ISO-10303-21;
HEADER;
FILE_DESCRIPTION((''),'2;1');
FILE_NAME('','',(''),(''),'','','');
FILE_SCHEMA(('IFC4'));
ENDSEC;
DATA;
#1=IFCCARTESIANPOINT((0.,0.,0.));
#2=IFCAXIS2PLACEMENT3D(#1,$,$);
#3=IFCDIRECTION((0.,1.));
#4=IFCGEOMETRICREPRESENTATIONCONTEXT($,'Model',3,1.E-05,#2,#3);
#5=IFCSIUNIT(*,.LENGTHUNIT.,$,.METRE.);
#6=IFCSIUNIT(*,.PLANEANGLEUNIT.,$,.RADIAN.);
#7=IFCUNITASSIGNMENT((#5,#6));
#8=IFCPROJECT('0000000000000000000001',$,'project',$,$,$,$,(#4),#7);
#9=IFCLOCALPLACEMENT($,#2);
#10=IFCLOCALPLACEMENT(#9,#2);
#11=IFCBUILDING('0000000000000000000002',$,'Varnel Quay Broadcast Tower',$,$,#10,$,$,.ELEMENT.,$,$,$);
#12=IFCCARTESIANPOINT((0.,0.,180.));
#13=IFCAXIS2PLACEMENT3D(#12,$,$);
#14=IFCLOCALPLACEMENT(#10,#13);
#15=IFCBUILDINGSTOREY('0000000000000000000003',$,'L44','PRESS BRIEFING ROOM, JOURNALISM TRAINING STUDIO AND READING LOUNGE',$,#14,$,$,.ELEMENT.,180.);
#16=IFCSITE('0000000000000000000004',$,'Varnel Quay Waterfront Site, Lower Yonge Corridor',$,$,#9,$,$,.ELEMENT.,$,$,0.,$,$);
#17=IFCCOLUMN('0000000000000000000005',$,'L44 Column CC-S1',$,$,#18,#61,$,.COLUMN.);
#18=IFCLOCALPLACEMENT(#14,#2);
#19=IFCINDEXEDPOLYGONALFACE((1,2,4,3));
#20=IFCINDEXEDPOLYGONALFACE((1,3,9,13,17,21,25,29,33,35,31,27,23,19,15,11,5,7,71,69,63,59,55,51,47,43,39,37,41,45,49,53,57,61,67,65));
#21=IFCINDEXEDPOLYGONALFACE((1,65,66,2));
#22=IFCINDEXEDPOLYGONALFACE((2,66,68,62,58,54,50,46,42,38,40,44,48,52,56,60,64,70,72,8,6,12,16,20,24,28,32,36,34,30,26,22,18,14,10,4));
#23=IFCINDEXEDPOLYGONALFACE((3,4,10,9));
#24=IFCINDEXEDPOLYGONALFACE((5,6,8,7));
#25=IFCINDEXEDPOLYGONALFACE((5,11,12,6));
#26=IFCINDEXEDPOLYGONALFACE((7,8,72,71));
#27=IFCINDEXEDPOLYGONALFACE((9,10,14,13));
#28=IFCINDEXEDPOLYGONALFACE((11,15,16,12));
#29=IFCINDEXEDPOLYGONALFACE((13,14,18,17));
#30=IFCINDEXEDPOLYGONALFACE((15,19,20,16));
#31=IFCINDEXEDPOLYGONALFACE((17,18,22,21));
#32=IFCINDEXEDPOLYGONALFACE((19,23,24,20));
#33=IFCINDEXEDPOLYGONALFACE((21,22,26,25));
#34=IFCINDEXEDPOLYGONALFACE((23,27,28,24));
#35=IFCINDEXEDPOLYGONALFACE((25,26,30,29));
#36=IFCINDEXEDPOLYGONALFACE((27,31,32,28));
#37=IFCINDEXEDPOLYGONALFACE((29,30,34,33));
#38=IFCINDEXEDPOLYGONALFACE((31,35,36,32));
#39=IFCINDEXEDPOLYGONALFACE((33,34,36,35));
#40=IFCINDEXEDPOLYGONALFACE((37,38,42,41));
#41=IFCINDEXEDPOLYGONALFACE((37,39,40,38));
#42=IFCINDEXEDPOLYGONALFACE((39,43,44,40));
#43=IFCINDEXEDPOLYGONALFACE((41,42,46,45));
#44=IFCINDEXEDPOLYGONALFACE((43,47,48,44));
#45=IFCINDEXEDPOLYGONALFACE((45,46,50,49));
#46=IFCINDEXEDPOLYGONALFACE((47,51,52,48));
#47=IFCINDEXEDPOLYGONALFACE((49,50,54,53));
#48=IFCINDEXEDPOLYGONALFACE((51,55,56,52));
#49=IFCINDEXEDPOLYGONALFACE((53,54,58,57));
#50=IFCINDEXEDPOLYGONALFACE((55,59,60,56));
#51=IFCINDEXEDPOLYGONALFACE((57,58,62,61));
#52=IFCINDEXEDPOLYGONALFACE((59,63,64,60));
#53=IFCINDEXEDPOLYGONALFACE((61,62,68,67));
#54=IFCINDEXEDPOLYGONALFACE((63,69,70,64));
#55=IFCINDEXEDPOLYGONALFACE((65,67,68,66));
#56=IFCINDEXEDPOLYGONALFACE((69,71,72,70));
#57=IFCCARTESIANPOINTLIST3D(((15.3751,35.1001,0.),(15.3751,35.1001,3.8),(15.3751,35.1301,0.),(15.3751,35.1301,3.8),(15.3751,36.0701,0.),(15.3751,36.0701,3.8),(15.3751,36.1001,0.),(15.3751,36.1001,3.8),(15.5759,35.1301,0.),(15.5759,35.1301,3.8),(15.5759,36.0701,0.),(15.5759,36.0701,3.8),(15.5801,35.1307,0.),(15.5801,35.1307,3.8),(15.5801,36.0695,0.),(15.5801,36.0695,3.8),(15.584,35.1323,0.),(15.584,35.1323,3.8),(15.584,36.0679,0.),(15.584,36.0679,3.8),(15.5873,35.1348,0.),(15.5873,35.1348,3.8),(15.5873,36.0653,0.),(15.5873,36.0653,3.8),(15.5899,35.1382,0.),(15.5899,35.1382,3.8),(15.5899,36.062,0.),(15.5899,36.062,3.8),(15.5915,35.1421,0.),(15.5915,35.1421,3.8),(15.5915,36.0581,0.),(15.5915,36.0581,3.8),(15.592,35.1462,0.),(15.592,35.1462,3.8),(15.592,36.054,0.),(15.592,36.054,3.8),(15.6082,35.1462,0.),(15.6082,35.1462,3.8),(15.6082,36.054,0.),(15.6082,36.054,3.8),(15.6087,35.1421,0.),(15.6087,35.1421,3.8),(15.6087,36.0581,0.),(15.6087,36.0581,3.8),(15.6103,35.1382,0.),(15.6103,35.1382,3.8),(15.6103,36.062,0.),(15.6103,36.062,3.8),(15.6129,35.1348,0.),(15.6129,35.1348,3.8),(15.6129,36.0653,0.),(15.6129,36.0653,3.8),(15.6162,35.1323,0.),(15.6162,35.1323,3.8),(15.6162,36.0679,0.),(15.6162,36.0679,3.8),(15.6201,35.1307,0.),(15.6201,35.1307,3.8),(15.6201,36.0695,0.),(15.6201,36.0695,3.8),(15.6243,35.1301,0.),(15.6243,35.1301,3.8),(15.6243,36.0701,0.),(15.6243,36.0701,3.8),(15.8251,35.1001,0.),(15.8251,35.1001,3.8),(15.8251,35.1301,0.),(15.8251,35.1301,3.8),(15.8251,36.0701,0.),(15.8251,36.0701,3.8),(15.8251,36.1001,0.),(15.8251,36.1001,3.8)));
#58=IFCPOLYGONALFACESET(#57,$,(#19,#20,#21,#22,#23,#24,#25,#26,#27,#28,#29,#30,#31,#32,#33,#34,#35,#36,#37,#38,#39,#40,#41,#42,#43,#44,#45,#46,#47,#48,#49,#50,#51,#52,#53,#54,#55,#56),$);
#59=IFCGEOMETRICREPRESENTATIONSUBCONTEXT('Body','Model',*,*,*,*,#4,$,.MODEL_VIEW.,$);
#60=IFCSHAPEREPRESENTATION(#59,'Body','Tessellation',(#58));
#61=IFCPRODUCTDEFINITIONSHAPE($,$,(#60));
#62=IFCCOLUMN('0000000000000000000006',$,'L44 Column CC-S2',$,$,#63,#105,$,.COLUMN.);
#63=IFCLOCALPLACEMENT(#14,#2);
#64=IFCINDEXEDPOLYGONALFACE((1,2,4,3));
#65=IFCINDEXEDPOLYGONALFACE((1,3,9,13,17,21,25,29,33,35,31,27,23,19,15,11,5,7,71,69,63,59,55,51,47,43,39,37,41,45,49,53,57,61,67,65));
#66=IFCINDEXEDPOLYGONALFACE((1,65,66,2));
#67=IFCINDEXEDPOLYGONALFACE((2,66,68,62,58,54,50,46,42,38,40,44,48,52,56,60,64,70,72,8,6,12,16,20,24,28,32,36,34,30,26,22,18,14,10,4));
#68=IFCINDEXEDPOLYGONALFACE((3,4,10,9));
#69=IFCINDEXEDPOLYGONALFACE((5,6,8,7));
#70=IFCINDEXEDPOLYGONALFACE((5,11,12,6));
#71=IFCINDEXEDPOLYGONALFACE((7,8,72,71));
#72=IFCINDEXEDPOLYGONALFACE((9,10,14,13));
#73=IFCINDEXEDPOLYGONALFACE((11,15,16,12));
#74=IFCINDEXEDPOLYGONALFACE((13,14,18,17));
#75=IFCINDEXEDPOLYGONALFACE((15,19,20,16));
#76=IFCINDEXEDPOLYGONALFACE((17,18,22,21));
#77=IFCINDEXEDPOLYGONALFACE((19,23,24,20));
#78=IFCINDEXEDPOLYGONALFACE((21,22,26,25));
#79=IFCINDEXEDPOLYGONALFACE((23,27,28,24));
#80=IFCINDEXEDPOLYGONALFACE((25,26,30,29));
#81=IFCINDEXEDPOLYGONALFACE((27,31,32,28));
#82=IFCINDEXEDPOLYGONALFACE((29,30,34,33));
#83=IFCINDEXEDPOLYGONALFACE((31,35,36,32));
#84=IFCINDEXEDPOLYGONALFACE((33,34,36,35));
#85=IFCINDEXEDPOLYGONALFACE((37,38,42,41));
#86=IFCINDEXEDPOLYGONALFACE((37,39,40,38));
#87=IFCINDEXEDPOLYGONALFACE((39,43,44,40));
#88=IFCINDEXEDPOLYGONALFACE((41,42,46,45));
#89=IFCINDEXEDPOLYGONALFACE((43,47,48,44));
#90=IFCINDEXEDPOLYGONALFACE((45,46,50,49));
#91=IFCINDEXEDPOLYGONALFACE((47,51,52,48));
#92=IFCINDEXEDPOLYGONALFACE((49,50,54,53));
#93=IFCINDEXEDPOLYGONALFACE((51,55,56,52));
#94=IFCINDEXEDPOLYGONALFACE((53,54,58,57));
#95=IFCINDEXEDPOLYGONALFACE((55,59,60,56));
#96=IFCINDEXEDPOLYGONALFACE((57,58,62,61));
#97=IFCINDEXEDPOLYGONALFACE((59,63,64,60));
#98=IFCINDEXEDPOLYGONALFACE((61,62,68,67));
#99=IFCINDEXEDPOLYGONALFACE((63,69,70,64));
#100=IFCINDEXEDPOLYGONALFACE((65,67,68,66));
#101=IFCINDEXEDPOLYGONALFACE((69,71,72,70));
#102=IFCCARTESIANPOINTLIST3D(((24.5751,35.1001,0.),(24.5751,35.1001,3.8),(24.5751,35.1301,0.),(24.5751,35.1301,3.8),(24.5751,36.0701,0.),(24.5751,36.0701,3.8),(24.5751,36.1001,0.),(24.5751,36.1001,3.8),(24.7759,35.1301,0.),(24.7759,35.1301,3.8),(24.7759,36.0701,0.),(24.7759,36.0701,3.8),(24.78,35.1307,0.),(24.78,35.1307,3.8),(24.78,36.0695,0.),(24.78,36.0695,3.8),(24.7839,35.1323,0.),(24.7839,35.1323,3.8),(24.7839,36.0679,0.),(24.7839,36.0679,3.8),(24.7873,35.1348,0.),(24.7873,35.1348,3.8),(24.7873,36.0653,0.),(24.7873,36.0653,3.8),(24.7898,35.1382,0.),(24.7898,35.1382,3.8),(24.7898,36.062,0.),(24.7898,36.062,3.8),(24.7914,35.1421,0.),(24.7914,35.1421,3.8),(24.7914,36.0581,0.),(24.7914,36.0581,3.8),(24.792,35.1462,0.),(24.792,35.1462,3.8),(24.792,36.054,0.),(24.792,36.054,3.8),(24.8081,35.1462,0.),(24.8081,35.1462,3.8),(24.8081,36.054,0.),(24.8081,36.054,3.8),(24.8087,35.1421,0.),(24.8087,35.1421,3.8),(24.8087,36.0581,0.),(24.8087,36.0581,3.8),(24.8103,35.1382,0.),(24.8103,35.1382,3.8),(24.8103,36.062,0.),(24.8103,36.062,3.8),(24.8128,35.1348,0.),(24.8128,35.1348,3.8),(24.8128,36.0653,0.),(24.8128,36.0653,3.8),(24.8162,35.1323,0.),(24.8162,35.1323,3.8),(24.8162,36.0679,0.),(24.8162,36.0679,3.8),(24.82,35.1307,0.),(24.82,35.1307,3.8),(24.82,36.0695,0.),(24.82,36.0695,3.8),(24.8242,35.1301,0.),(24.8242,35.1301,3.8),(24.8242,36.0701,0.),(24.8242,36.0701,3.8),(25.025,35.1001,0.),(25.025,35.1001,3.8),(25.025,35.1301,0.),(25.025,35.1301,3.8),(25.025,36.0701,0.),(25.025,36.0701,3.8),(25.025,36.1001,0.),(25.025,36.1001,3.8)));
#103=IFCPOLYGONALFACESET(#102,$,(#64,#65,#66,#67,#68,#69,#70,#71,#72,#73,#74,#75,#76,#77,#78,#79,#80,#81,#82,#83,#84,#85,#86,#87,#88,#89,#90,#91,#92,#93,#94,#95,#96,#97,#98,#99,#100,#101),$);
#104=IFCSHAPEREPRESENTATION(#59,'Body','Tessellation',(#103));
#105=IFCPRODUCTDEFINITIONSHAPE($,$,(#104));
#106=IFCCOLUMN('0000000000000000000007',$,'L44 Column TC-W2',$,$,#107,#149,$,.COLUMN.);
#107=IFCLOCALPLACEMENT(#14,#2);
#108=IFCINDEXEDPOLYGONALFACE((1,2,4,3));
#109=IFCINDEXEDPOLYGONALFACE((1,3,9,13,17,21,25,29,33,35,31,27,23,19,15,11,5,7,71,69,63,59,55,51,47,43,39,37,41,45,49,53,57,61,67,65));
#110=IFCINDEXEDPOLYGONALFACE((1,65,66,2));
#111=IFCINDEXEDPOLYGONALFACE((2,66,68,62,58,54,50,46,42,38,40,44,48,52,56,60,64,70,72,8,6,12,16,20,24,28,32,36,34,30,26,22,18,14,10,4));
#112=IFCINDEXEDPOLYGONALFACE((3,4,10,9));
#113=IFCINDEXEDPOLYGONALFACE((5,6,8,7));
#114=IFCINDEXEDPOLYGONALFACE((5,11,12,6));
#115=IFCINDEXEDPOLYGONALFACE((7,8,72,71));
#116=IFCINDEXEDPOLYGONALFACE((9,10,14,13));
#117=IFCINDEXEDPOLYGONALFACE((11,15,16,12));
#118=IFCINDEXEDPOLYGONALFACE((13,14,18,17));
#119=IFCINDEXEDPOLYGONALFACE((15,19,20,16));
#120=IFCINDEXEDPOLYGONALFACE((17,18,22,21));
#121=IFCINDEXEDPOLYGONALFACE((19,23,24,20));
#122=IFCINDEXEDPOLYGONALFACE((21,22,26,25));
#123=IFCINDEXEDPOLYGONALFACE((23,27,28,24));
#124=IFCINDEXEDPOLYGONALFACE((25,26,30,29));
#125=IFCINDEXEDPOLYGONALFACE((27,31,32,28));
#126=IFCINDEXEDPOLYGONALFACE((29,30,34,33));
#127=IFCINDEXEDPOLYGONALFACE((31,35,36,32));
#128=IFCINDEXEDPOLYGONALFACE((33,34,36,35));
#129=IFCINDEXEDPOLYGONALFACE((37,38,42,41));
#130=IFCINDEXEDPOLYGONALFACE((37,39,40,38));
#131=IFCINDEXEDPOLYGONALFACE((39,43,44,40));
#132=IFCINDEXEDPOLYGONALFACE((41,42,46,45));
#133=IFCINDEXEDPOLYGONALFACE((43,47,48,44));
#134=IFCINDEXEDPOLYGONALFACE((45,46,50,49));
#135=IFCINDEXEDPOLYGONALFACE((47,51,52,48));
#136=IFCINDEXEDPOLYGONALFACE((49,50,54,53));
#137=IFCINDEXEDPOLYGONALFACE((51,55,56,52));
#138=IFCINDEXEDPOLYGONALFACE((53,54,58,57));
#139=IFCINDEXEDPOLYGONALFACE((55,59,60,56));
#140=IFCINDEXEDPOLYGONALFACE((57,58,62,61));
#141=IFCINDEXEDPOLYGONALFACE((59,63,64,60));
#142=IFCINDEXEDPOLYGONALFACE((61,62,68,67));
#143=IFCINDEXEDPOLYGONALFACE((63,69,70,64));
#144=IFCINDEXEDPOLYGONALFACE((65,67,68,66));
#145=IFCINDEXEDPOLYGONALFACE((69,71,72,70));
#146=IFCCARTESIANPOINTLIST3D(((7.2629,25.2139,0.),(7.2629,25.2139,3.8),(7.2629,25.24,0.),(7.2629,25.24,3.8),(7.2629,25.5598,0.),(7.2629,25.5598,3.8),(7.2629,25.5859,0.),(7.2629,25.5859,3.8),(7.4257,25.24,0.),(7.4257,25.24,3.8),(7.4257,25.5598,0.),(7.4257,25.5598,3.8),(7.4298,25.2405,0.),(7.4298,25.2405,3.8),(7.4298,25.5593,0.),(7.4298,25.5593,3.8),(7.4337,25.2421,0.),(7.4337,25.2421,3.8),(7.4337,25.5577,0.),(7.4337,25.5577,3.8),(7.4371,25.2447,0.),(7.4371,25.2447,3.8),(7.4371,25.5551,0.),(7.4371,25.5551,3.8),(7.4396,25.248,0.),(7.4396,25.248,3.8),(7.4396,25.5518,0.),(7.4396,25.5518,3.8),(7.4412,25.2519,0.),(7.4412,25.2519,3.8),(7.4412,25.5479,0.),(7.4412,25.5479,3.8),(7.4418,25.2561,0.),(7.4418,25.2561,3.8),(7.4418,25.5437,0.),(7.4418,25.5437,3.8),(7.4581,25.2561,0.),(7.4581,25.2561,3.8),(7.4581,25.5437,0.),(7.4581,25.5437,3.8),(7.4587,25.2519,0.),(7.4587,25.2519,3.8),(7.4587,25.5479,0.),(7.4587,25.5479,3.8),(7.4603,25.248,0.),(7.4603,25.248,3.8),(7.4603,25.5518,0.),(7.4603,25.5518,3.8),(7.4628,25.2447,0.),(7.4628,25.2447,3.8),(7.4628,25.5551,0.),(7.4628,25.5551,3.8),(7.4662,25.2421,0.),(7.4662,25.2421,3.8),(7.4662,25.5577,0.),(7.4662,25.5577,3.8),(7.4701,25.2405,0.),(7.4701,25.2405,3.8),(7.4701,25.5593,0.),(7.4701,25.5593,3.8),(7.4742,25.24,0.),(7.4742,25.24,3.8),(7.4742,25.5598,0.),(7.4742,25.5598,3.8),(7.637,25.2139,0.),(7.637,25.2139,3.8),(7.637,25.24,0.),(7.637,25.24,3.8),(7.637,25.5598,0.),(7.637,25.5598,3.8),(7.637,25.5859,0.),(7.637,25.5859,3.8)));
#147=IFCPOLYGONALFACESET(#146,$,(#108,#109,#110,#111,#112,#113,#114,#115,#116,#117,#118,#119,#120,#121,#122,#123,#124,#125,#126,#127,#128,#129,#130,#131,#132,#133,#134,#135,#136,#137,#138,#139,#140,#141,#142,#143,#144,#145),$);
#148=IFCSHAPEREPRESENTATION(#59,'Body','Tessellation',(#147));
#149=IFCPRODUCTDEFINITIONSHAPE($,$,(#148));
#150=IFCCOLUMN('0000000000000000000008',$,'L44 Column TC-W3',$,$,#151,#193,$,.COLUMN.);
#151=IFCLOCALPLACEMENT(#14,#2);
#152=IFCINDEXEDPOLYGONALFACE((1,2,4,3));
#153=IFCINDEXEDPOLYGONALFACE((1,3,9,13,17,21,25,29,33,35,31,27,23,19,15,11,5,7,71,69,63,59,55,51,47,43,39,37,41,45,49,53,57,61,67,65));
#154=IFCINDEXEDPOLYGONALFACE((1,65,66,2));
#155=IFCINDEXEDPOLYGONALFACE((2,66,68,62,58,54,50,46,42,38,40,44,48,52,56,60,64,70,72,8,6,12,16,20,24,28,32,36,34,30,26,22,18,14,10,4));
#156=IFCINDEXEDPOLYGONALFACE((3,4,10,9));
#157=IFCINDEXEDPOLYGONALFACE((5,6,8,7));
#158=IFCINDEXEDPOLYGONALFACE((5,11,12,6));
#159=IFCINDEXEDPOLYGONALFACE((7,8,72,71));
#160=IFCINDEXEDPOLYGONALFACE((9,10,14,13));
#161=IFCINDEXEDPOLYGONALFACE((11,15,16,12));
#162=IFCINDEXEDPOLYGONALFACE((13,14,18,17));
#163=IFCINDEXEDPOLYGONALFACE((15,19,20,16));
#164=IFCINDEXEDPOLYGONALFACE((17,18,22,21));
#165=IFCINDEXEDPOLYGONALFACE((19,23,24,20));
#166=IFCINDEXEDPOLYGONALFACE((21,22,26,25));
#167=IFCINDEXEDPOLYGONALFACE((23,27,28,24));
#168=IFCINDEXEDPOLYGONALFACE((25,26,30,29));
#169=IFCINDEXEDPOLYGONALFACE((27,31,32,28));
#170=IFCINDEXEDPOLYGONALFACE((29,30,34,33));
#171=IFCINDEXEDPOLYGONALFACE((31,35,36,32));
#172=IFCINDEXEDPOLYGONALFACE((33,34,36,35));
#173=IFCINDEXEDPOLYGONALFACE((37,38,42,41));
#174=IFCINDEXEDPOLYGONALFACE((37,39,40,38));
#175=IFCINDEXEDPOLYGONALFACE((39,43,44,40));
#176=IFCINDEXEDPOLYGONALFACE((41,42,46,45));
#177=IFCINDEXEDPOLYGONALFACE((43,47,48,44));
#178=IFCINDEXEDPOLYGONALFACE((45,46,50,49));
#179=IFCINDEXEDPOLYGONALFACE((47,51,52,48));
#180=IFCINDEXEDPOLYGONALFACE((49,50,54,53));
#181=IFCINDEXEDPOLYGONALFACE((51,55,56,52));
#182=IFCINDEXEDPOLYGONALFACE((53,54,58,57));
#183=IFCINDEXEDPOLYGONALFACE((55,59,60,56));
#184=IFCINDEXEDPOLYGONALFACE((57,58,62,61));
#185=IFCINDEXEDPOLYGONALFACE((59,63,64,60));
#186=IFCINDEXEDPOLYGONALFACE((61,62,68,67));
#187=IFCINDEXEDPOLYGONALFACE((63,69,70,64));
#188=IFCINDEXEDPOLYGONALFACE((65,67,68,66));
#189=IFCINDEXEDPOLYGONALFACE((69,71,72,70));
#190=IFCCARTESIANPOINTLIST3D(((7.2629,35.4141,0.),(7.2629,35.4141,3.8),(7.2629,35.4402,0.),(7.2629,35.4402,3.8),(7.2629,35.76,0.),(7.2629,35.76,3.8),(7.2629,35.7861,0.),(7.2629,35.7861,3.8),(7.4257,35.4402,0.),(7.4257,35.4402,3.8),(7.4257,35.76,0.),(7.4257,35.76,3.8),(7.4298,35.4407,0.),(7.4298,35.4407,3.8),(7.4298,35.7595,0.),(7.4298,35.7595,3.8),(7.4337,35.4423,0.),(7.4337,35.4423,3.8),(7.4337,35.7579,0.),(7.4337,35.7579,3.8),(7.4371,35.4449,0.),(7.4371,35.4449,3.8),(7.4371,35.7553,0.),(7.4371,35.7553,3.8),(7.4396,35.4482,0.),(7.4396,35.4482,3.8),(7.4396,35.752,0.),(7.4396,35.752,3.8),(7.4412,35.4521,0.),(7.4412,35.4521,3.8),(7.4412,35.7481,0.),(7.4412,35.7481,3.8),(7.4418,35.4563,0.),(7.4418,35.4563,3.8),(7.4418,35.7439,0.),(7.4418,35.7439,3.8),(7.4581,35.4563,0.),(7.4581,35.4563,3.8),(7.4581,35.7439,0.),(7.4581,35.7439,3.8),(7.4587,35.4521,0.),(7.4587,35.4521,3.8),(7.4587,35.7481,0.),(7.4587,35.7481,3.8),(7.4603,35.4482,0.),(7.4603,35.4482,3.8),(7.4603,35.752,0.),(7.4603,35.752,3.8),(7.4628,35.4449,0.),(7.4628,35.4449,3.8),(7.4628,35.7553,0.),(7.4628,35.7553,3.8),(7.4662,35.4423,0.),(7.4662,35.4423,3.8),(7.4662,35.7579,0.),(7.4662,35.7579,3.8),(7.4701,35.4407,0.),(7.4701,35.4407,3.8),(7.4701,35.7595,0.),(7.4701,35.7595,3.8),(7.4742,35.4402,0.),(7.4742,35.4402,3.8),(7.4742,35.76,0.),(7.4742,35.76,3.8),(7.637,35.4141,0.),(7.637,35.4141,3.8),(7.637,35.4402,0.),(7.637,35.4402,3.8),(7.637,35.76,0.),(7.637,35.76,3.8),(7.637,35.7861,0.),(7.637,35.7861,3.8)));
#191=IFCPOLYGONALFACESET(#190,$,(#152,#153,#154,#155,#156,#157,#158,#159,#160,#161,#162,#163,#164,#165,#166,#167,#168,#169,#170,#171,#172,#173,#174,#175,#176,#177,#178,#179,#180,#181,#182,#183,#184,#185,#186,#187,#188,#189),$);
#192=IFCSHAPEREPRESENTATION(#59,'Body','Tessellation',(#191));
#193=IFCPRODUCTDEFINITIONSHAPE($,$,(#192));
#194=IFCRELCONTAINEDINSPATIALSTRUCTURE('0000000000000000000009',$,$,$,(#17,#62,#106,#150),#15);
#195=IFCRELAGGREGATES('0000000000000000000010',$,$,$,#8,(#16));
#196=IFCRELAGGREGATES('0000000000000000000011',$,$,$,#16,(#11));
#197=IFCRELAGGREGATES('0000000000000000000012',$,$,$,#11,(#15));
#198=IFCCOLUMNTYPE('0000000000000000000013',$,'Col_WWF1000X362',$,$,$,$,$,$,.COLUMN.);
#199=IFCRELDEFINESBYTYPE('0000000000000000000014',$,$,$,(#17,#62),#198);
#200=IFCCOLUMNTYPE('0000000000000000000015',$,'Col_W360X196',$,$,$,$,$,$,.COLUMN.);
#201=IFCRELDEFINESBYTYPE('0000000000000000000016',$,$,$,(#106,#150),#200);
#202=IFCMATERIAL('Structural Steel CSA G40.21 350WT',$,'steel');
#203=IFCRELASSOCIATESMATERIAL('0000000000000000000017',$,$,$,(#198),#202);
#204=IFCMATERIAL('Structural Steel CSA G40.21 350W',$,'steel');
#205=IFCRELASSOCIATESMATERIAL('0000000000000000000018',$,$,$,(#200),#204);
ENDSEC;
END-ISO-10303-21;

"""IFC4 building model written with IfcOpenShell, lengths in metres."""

from ifc_helpers import new_model, si_unit, direction, frame, origin, origin_2d, place, context, subcontext, project, spatial, i_section, extrude, source, transform, mapped, material, material_profile, profile_set, type_object, type_shapes, element, save


model = new_model("IFC4")

# Units and contexts
model_context = context("Model", 3, precision=1e-05, world=origin(), true_north=direction((0.0, 1.0)))
body_context = subcontext(model_context, "Body", "Model", "MODEL_VIEW")
ifc_project = project(units=[si_unit("LENGTHUNIT", "METRE"), si_unit("PLANEANGLEUNIT", "RADIAN")], contexts=[model_context])

# Site, building, storey
site_placement = place(None, origin())
site = spatial("IfcSite", under=ifc_project, at=site_placement, Name="Varnel Quay Waterfront Site, Lower Yonge Corridor", CompositionType="ELEMENT", RefElevation=0.0)
building_placement = place(site_placement, origin())
building = spatial("IfcBuilding", under=site, at=building_placement, Name="Varnel Quay Broadcast Tower", CompositionType="ELEMENT")
storey_placement = place(building_placement, frame((0.0, 0.0, 180.0)))
storey = spatial("IfcBuildingStorey", under=building, at=storey_placement, Name="L44", Description="PRESS BRIEFING ROOM, JOURNALISM TRAINING STUDIO AND READING LOUNGE", CompositionType="ELEMENT", Elevation=180.0)

# Columns
ifc_material_1 = material(Name="Structural Steel CSA G40.21 350WT", Category="steel")
ifc_material_profile_1 = material_profile(ifc_material_1, i_section(OverallWidth=0.45, OverallDepth=1.0, WebThickness=0.0161, FlangeThickness=0.03, FilletRadius=0.0161, at=origin_2d()), Name="WWF1000X362")
ifc_profile_set_1 = profile_set([ifc_material_profile_1], Name="Structural Steel CSA G40.21 350WT")
column_type_1 = type_object("IfcColumnType", Name="Col_WWF1000X362", PredefinedType="COLUMN", material=ifc_profile_set_1)
shared_shape_1 = source(origin(), body_context, "Body", "SweptSolid", [
    extrude(i_section(OverallWidth=0.45, OverallDepth=1.0, WebThickness=0.0161, FlangeThickness=0.03, FilletRadius=0.0161, at=origin_2d()), origin(), (0.0, 0.0, 1.0), 3.8),
])
type_shapes(column_type_1, [shared_shape_1])
for number, where, z_axis, x_axis, name in (
    (1, (15.6001, 35.6001, 0.0), (0.0, 0.0, 1.0), (1.0, 0.0, 0.0), "L44 Column CC-S1"),
    (2, (24.8, 35.6001, 0.0), (0.0, 0.0, 1.0), (1.0, 0.0, 0.0), "L44 Column CC-S2"),
):
    element("IfcColumn", number, at=place(storey_placement, frame(where, z_axis=z_axis, x_axis=x_axis)), inside=storey, type_object=column_type_1, Name=name, PredefinedType="COLUMN", context=body_context, shape_type="MappedRepresentation", body=[
        mapped(shared_shape_1, transform((0.0, 0.0, 0.0), x_axis=(1.0, 0.0, 0.0), y_axis=(0.0, 1.0, 0.0), z_axis=(0.0, 0.0, 1.0), scale=1.0)),
    ])
ifc_material_2 = material(Name="Structural Steel CSA G40.21 350W", Category="steel")
ifc_material_profile_2 = material_profile(ifc_material_2, i_section(OverallWidth=0.374, OverallDepth=0.3721, WebThickness=0.0164, FlangeThickness=0.0261, FilletRadius=0.0161, at=origin_2d()), Name="W360X196")
ifc_profile_set_2 = profile_set([ifc_material_profile_2], Name="Structural Steel CSA G40.21 350W")
column_type_2 = type_object("IfcColumnType", Name="Col_W360X196", PredefinedType="COLUMN", material=ifc_profile_set_2)
shared_shape_2 = source(origin(), body_context, "Body", "SweptSolid", [
    extrude(i_section(OverallWidth=0.374, OverallDepth=0.3721, WebThickness=0.0164, FlangeThickness=0.0261, FilletRadius=0.0161, at=origin_2d()), origin(), (0.0, 0.0, 1.0), 3.8),
])
type_shapes(column_type_2, [shared_shape_2])
for number, where, z_axis, x_axis, name in (
    (3, (7.45, 25.3999, 0.0), (0.0, 0.0, 1.0), (1.0, 0.0, 0.0), "L44 Column TC-W2"),
    (4, (7.45, 35.6001, 0.0), (0.0, 0.0, 1.0), (1.0, 0.0, 0.0), "L44 Column TC-W3"),
):
    element("IfcColumn", number, at=place(storey_placement, frame(where, z_axis=z_axis, x_axis=x_axis)), inside=storey, type_object=column_type_2, Name=name, PredefinedType="COLUMN", context=body_context, shape_type="MappedRepresentation", body=[
        mapped(shared_shape_2, transform((0.0, 0.0, 0.0), x_axis=(1.0, 0.0, 0.0), y_axis=(0.0, 1.0, 0.0), z_axis=(0.0, 0.0, 1.0), scale=1.0)),
    ])

save(model, "model.ifc")
